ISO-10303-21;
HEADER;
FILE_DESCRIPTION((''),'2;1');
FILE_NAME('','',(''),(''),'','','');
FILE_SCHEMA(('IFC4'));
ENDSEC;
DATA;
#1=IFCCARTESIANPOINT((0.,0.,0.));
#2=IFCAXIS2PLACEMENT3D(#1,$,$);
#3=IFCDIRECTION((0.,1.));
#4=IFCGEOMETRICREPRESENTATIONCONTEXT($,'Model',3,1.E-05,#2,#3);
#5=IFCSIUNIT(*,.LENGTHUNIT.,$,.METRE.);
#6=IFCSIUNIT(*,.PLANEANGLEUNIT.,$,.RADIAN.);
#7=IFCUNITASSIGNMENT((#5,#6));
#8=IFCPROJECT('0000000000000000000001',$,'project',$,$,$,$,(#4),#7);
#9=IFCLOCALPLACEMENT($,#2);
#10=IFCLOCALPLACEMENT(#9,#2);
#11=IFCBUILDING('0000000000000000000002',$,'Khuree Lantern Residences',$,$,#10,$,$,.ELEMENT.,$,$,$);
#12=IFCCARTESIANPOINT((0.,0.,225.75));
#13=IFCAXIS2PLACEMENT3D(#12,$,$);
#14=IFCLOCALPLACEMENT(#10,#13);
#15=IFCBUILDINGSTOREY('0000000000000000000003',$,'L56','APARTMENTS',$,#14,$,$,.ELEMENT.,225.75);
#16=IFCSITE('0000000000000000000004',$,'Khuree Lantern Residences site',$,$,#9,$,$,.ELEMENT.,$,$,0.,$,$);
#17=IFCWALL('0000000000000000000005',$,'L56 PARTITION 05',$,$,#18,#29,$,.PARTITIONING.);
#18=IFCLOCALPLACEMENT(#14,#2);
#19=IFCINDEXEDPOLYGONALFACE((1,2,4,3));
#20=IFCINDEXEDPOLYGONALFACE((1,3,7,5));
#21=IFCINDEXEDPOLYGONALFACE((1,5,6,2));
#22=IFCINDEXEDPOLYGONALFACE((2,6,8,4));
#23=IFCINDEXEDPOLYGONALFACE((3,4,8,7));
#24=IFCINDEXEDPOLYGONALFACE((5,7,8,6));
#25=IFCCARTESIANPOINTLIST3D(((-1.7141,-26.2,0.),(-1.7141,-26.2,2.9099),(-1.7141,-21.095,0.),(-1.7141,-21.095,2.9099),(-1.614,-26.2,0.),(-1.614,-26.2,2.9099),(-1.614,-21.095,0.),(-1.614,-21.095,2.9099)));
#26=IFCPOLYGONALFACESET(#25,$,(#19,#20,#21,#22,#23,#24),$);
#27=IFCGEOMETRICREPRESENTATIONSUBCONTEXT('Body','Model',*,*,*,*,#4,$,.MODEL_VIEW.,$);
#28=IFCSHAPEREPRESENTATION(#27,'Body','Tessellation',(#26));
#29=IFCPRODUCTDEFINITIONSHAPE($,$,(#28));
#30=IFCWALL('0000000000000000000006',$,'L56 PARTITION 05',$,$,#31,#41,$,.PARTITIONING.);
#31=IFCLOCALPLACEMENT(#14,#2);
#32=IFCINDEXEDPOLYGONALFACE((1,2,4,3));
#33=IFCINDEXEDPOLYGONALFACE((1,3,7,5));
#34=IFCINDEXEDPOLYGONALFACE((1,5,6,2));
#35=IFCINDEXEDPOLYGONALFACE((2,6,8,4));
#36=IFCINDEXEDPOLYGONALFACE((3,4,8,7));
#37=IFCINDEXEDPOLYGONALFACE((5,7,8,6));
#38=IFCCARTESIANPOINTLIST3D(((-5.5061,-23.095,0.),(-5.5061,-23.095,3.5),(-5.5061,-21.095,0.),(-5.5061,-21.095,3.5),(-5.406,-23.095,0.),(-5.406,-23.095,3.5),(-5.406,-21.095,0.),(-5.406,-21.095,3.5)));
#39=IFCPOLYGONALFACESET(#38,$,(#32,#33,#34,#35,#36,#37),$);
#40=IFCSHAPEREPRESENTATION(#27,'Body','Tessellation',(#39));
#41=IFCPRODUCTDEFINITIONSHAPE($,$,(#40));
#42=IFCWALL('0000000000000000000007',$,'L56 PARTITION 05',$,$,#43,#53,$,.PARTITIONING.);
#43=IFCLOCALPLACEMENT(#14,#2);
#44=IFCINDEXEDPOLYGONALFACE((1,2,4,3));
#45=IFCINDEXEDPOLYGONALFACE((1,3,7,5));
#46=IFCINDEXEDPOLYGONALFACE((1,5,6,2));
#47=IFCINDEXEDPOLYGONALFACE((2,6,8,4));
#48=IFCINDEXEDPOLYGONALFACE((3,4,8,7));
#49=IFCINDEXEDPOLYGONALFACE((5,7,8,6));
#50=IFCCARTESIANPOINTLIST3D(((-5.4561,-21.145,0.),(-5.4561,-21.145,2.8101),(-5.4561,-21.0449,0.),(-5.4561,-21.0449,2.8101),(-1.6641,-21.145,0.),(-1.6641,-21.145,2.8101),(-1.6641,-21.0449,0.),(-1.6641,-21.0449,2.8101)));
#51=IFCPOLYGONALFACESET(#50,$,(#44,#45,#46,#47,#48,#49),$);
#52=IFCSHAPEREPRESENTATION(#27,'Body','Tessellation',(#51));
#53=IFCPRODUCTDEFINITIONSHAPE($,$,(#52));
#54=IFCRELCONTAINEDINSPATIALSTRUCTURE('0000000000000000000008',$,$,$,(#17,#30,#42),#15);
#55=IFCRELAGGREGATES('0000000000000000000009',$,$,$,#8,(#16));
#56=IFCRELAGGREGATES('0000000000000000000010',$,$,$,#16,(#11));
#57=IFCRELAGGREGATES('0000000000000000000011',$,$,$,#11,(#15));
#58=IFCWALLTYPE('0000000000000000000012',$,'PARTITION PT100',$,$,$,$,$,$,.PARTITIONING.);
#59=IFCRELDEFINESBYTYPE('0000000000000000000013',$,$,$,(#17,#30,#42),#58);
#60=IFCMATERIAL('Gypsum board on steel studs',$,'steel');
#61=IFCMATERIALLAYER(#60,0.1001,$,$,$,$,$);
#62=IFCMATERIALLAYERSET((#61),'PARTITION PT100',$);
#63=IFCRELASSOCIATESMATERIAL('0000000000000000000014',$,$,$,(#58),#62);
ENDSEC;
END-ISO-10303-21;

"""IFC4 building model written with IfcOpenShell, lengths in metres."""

from ifc_helpers import new_model, si_unit, direction, frame, frame_2d, origin, place, context, subcontext, project, spatial, rectangle, extrude, material, layer, layer_set, type_object, element, save


model = new_model("IFC4")

# Units and contexts
model_context = context("Model", 3, precision=1e-05, world=origin(), true_north=direction((0.0, 1.0)))
body_context = subcontext(model_context, "Body", "Model", "MODEL_VIEW")
ifc_project = project(units=[si_unit("LENGTHUNIT", "METRE"), si_unit("PLANEANGLEUNIT", "RADIAN")], contexts=[model_context])

# Site, building, storey
site_placement = place(None, origin())
site = spatial("IfcSite", under=ifc_project, at=site_placement, Name="Khuree Lantern Residences site", CompositionType="ELEMENT", RefElevation=0.0)
building_placement = place(site_placement, origin())
building = spatial("IfcBuilding", under=site, at=building_placement, Name="Khuree Lantern Residences", CompositionType="ELEMENT")
storey_placement = place(building_placement, frame((0.0, 0.0, 225.75)))
storey = spatial("IfcBuildingStorey", under=building, at=storey_placement, Name="L56", Description="APARTMENTS", CompositionType="ELEMENT", Elevation=225.75)

# Shared definitions
ifc_material_1 = material(Name="Gypsum board on steel studs", Category="steel")

# Walls
ifc_layer_1 = layer(ifc_material_1, 0.1001)
ifc_layer_set_1 = layer_set([ifc_layer_1], Name="PARTITION PT100")
wall_type_1 = type_object("IfcWallType", Name="PARTITION PT100", PredefinedType="PARTITIONING", material=ifc_layer_set_1)
wall_1_placement = place(storey_placement, frame((-1.6641, -21.095, 0.0), z_axis=(0.0, 0.0, 1.0), x_axis=(0.0, -1.0, 0.0)))
element("IfcWall", 1, at=wall_1_placement, inside=storey, type_object=wall_type_1, Name="L56 PARTITION 05", PredefinedType="PARTITIONING", context=body_context, shape_type="SweptSolid", body=[
    extrude(rectangle(XDim=5.105, YDim=0.1001, at=frame_2d((2.5525, 0.0))), origin(), (0.0, 0.0, 1.0), 2.9099),
])
wall_2_placement = place(storey_placement, frame((-5.4561, -21.095, 0.0), z_axis=(0.0, 0.0, 1.0), x_axis=(0.0, -1.0, 0.0)))
element("IfcWall", 2, at=wall_2_placement, inside=storey, type_object=wall_type_1, Name="L56 PARTITION 05", PredefinedType="PARTITIONING", context=body_context, shape_type="SweptSolid", body=[
    extrude(rectangle(XDim=2.0, YDim=0.1001, at=frame_2d((1.0, 0.0))), origin(), (0.0, 0.0, 1.0), 3.5),
])
wall_3_placement = place(storey_placement, frame((-5.4561, -21.095, 0.0), z_axis=(0.0, 0.0, 1.0), x_axis=(1.0, 0.0, 0.0)))
element("IfcWall", 3, at=wall_3_placement, inside=storey, type_object=wall_type_1, Name="L56 PARTITION 05", PredefinedType="PARTITIONING", context=body_context, shape_type="SweptSolid", body=[
    extrude(rectangle(XDim=3.792, YDim=0.1001, at=frame_2d((1.896, 0.0))), origin(), (0.0, 0.0, 1.0), 2.8101),
])

save(model, "model.ifc")
